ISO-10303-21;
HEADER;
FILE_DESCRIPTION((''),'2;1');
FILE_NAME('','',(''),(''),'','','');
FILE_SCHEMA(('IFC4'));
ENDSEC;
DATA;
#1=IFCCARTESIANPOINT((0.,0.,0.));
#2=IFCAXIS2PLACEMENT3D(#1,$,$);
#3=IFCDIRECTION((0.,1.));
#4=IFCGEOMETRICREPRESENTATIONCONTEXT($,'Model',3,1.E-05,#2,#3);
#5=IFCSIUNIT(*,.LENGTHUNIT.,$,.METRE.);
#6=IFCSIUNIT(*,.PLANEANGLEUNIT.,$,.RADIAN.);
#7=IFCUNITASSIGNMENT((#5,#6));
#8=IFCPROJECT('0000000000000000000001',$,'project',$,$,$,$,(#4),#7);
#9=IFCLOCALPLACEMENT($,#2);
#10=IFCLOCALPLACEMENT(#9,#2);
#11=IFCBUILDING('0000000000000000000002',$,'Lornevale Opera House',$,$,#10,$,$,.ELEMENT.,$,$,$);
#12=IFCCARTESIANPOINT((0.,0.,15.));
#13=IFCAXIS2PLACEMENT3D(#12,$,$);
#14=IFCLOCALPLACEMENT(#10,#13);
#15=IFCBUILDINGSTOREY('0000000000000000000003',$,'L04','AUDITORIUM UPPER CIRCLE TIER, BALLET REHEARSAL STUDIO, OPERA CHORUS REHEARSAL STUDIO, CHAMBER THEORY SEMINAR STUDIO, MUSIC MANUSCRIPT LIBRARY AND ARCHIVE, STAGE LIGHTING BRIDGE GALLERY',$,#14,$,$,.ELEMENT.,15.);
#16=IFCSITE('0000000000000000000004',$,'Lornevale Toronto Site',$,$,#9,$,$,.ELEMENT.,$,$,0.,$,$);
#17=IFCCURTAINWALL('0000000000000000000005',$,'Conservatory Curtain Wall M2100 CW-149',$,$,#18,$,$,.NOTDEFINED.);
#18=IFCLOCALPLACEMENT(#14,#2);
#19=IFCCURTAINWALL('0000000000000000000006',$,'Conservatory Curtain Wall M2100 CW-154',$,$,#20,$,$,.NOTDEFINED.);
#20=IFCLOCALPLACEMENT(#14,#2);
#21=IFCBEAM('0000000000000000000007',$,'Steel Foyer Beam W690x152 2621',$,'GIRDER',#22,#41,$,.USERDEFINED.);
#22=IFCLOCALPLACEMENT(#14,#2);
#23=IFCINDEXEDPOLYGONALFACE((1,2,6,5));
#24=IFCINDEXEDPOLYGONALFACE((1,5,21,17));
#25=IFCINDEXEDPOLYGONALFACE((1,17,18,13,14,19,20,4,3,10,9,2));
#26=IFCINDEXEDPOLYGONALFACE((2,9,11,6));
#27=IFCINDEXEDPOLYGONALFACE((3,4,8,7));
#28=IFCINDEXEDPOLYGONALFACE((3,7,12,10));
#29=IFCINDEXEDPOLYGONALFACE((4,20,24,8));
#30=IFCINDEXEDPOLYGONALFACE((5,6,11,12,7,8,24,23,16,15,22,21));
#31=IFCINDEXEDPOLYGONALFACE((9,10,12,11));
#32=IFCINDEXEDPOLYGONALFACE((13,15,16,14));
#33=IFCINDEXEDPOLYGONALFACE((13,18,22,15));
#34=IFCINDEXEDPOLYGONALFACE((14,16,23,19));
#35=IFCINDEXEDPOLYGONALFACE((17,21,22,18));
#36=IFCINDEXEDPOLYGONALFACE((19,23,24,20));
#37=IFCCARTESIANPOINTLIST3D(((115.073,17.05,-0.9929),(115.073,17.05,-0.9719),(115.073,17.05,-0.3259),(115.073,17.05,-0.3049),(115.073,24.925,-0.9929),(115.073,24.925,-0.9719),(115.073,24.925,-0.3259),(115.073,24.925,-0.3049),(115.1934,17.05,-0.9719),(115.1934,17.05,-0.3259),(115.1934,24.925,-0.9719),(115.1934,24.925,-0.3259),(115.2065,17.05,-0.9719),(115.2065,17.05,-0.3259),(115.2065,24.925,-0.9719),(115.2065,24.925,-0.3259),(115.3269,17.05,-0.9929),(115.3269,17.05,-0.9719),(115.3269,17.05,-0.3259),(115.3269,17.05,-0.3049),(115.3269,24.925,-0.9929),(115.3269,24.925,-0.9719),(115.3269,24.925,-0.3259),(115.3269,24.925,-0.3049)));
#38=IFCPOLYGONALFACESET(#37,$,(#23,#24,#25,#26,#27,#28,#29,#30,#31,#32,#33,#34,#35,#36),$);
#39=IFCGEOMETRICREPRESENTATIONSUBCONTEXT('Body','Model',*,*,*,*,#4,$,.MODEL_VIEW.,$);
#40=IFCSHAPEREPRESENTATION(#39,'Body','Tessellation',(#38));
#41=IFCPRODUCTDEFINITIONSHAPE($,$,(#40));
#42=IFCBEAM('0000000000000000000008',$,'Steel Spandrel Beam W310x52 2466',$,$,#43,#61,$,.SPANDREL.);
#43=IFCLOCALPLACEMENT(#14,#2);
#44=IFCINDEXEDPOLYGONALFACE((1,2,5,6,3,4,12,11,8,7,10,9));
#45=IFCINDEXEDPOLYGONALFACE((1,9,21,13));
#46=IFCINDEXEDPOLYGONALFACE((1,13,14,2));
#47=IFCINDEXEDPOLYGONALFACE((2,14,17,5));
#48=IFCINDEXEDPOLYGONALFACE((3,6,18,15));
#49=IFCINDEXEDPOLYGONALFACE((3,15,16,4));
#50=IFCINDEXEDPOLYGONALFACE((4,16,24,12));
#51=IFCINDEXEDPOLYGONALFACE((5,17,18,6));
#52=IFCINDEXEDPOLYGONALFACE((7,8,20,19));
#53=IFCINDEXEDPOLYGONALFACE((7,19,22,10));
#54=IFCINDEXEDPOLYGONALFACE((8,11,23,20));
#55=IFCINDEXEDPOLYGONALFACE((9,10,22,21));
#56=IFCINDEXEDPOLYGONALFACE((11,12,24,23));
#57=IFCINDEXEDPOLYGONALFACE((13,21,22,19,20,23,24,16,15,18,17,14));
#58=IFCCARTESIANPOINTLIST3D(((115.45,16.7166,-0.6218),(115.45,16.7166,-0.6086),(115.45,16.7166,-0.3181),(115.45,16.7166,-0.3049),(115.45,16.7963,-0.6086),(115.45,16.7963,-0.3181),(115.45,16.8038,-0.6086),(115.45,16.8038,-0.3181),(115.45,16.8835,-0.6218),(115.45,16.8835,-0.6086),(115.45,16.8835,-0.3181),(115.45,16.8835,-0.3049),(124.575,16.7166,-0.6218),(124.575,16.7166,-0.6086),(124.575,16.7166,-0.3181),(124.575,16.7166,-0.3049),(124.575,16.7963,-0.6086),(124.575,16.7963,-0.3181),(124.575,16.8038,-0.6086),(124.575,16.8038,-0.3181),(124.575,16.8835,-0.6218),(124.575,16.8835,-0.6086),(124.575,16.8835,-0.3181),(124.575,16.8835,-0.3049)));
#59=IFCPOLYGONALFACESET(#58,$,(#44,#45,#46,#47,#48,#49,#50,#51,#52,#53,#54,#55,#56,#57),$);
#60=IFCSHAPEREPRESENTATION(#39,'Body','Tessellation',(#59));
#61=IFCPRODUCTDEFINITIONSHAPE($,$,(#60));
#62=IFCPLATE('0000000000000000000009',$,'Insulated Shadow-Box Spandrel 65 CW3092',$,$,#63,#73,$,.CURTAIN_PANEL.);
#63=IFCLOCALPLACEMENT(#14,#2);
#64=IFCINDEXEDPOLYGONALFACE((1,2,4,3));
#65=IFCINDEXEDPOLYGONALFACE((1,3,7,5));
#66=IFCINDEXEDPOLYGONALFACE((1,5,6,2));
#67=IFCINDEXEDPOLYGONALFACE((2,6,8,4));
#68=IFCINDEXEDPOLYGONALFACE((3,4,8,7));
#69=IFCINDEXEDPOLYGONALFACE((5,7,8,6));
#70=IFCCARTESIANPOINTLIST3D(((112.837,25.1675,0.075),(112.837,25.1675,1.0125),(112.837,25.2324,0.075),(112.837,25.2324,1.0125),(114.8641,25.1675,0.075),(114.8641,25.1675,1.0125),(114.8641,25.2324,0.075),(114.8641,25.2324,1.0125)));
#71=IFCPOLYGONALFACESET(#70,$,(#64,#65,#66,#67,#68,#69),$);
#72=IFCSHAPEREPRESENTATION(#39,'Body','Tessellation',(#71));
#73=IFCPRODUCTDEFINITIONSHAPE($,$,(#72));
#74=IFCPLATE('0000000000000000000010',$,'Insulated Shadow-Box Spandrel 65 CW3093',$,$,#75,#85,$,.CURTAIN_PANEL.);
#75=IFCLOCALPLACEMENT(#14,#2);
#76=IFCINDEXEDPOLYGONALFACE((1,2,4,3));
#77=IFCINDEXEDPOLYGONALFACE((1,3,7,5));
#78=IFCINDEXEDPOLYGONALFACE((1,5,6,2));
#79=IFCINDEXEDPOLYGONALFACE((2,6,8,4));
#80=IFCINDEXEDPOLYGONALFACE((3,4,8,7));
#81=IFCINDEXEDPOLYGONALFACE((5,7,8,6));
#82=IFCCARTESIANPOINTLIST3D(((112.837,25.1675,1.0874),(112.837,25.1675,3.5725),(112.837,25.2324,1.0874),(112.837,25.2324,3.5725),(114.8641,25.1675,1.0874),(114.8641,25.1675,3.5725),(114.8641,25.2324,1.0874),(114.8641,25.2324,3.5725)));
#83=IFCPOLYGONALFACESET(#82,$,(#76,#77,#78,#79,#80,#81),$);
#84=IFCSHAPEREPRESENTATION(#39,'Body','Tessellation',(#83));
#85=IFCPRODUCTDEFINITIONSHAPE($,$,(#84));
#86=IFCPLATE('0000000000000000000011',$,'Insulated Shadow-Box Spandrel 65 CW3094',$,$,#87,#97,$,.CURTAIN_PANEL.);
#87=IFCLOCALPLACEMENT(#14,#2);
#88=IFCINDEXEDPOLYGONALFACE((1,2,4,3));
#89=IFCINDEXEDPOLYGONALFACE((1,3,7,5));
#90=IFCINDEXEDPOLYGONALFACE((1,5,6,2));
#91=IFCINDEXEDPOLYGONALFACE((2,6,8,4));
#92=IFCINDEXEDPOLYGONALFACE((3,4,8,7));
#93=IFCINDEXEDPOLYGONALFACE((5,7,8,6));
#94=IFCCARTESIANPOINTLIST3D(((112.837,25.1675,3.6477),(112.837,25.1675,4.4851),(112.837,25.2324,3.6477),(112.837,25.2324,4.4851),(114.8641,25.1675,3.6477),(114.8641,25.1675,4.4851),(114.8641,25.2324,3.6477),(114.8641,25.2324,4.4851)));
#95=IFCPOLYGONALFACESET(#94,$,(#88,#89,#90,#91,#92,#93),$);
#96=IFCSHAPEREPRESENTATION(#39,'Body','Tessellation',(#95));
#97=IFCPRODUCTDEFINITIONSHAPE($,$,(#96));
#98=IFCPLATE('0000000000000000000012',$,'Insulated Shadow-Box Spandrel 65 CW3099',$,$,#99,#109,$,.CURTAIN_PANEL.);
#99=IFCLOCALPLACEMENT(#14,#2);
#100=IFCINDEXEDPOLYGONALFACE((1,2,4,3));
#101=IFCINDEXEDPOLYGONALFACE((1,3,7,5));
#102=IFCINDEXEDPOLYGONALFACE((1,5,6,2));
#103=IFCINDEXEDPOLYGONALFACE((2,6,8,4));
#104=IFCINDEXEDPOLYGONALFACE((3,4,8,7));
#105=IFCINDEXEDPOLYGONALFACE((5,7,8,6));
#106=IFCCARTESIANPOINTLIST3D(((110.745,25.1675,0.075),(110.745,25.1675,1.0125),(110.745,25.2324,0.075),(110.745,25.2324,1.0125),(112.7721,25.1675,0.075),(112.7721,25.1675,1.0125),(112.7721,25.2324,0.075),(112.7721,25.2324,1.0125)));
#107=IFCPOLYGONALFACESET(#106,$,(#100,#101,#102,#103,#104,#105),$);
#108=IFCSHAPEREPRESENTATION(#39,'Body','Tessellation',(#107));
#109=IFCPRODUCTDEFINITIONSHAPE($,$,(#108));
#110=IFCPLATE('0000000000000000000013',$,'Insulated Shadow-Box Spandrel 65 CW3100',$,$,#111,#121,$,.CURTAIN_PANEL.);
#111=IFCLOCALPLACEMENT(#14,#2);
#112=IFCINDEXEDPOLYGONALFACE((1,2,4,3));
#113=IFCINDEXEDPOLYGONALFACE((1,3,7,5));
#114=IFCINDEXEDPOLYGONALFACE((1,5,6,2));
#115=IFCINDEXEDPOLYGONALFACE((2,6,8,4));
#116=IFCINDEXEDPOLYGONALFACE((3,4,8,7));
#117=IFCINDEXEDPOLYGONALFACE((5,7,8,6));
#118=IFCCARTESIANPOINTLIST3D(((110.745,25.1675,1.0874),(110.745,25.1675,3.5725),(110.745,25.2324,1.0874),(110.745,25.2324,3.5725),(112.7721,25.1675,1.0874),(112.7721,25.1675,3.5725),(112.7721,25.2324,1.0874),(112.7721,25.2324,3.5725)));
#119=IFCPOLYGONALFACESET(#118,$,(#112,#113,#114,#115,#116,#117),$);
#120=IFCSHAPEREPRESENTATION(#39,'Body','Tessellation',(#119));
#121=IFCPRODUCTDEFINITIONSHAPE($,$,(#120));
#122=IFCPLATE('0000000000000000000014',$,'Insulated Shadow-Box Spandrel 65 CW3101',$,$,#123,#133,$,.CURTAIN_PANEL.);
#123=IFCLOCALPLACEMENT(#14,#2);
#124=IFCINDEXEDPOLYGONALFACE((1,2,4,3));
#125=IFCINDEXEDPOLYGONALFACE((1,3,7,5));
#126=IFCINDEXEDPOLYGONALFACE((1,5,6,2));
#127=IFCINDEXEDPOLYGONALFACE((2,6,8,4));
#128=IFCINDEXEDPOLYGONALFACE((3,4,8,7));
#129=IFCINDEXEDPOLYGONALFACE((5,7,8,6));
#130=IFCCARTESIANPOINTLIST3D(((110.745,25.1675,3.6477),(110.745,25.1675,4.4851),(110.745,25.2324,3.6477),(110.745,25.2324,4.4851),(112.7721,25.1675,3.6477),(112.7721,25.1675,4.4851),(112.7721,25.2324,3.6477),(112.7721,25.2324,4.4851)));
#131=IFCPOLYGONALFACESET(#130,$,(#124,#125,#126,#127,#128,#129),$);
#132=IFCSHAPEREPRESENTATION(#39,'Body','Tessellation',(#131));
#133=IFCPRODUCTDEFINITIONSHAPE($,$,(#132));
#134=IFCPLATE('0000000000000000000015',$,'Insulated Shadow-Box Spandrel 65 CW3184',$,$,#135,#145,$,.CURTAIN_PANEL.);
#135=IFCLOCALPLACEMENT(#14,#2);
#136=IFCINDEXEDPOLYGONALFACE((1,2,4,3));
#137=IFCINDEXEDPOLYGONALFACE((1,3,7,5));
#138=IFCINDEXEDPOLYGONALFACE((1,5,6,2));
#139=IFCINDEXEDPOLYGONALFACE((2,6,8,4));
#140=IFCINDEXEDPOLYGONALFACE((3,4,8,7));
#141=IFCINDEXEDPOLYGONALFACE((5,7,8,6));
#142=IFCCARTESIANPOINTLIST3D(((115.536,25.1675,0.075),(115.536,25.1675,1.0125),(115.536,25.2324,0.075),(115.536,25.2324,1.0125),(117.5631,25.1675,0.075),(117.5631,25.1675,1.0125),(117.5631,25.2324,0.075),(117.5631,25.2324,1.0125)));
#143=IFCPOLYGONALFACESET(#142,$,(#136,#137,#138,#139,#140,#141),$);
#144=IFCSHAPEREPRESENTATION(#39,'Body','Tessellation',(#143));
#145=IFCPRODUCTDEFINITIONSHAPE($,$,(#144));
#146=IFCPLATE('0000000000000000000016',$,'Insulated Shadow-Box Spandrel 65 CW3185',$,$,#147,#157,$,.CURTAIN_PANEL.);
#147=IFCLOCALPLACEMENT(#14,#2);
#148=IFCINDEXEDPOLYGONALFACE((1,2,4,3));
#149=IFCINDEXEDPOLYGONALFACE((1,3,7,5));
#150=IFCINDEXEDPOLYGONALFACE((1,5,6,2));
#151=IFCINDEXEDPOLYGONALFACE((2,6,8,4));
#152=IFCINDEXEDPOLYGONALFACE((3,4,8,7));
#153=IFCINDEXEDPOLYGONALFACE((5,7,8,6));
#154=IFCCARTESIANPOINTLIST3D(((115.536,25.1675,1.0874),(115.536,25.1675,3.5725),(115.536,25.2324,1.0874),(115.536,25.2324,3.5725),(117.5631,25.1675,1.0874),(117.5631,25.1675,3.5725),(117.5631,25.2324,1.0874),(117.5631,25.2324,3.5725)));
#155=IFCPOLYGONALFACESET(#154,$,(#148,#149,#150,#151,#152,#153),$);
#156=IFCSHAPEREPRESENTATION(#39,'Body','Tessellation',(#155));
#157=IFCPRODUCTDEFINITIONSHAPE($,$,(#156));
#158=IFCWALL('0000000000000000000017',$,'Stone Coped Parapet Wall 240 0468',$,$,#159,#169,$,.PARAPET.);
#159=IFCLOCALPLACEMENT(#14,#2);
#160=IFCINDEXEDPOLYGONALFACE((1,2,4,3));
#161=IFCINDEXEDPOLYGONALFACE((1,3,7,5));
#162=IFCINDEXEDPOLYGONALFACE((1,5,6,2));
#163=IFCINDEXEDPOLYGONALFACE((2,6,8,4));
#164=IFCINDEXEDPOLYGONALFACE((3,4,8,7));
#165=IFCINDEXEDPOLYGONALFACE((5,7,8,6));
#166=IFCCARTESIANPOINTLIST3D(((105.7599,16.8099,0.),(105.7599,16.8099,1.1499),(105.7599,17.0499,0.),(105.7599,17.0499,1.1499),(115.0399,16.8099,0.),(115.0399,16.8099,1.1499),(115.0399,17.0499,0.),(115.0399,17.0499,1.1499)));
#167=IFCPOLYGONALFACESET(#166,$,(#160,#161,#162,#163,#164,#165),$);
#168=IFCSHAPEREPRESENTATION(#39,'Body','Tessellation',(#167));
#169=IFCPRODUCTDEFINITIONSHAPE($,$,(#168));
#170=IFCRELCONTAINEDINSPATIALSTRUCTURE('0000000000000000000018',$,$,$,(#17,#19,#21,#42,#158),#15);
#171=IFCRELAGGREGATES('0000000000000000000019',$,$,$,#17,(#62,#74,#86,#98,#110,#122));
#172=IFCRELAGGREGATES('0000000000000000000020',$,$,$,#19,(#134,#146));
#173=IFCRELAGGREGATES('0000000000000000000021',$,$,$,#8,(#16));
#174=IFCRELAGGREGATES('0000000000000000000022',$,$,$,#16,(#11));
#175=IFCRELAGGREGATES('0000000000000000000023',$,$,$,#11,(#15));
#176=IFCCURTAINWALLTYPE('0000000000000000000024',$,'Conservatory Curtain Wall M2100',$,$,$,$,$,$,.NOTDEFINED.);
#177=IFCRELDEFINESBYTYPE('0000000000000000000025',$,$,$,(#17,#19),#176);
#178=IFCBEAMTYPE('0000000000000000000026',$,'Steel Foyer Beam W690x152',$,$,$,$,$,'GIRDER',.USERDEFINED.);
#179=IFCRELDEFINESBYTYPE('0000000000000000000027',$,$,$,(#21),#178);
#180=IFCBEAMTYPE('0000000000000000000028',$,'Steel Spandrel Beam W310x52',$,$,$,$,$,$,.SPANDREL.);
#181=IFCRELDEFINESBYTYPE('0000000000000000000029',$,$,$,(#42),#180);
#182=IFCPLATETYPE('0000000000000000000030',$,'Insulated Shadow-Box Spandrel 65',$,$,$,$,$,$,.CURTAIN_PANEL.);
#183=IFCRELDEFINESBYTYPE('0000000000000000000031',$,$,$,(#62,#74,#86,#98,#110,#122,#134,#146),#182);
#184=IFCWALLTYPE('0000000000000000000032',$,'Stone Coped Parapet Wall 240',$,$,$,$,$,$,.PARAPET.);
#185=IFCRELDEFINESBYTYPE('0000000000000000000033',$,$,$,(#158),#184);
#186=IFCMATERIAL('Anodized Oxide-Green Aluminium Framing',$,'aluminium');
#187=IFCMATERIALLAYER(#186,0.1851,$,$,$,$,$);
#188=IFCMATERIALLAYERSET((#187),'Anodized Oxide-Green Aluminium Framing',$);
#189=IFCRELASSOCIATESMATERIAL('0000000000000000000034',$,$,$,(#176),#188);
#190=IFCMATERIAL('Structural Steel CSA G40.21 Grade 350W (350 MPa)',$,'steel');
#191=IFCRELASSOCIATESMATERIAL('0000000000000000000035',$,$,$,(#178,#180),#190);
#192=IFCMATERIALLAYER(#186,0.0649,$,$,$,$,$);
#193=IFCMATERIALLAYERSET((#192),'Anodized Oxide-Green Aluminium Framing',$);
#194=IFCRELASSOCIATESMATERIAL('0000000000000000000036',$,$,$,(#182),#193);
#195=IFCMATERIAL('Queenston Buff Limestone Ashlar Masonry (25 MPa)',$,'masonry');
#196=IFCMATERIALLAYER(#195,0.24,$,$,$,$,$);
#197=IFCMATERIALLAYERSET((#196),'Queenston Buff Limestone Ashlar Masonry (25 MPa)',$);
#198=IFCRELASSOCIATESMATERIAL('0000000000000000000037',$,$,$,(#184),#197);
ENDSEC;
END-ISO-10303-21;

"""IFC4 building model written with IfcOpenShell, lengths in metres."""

from ifc_helpers import new_model, si_unit, direction, frame, frame_2d, origin, origin_2d, place, context, subcontext, project, spatial, rectangle, i_section, extrude, material, layer, layer_set, material_profile, profile_set, type_object, element, aggregate, save


model = new_model("IFC4")

# Units and contexts
model_context = context("Model", 3, precision=1e-05, world=origin(), true_north=direction((0.0, 1.0)))
body_context = subcontext(model_context, "Body", "Model", "MODEL_VIEW")
ifc_project = project(units=[si_unit("LENGTHUNIT", "METRE"), si_unit("PLANEANGLEUNIT", "RADIAN")], contexts=[model_context])

# Site, building, storey
site_placement = place(None, origin())
site = spatial("IfcSite", under=ifc_project, at=site_placement, Name="Lornevale Toronto Site", CompositionType="ELEMENT", RefElevation=0.0)
building_placement = place(site_placement, origin())
building = spatial("IfcBuilding", under=site, at=building_placement, Name="Lornevale Opera House", CompositionType="ELEMENT")
storey_placement = place(building_placement, frame((0.0, 0.0, 15.0)))
storey = spatial("IfcBuildingStorey", under=building, at=storey_placement, Name="L04", Description="AUDITORIUM UPPER CIRCLE TIER, BALLET REHEARSAL STUDIO, OPERA CHORUS REHEARSAL STUDIO, CHAMBER THEORY SEMINAR STUDIO, MUSIC MANUSCRIPT LIBRARY AND ARCHIVE, STAGE LIGHTING BRIDGE GALLERY", CompositionType="ELEMENT", Elevation=15.0)

# Curtain wall
ifc_material_1 = material(Name="Anodized Oxide-Green Aluminium Framing", Category="aluminium")
ifc_layer_1 = layer(ifc_material_1, 0.1851)
ifc_layer_set_1 = layer_set([ifc_layer_1], Name="Anodized Oxide-Green Aluminium Framing")
curtain_wall_type = type_object("IfcCurtainWallType", Name="Conservatory Curtain Wall M2100", PredefinedType="NOTDEFINED", material=ifc_layer_set_1)
curtain_wall_1_placement = place(storey_placement, origin())
curtain_wall_1 = element("IfcCurtainWall", 1, at=curtain_wall_1_placement, inside=storey, type_object=curtain_wall_type, Name="Conservatory Curtain Wall M2100 CW-149", PredefinedType="NOTDEFINED")

# Curtain wall
curtain_wall_2_placement = place(storey_placement, origin())
curtain_wall_2 = element("IfcCurtainWall", 2, at=curtain_wall_2_placement, inside=storey, type_object=curtain_wall_type, Name="Conservatory Curtain Wall M2100 CW-154", PredefinedType="NOTDEFINED")

# Beams
ifc_material_2 = material(Name="Structural Steel CSA G40.21 Grade 350W (350 MPa)", Category="steel")
ifc_material_profile_1 = material_profile(ifc_material_2, i_section(OverallWidth=0.2539, OverallDepth=0.688, WebThickness=0.0132, FlangeThickness=0.021, at=origin_2d()), Name="W690x152")
ifc_profile_set_1 = profile_set([ifc_material_profile_1], Name="Structural Steel CSA G40.21 Grade 350W (350 MPa)")
beam_type_1 = type_object("IfcBeamType", Name="Steel Foyer Beam W690x152", ElementType="GIRDER", PredefinedType="USERDEFINED", material=ifc_profile_set_1)
beam_1_placement = place(storey_placement, frame((115.2, 17.05, -0.6489), z_axis=(0.0, 1.0, 0.0), x_axis=(-1.0, 0.0, 0.0)))
element("IfcBeam", 3, at=beam_1_placement, inside=storey, type_object=beam_type_1, Name="Steel Foyer Beam W690x152 2621", ObjectType="GIRDER", PredefinedType="USERDEFINED", context=body_context, shape_type="SweptSolid", body=[
    extrude(i_section(OverallWidth=0.2539, OverallDepth=0.688, WebThickness=0.0132, FlangeThickness=0.021, at=origin_2d()), origin(), (0.0, 0.0, 1.0), 7.875),
])
ifc_material_profile_2 = material_profile(ifc_material_2, i_section(OverallWidth=0.167, OverallDepth=0.3169, WebThickness=0.0076, FlangeThickness=0.0132, at=origin_2d()), Name="W310x52")
ifc_profile_set_2 = profile_set([ifc_material_profile_2], Name="Structural Steel CSA G40.21 Grade 350W (350 MPa)")
beam_type_2 = type_object("IfcBeamType", Name="Steel Spandrel Beam W310x52", PredefinedType="SPANDREL", material=ifc_profile_set_2)
beam_2_placement = place(storey_placement, frame((115.45, 16.8, -0.4634), z_axis=(1.0, 0.0, 0.0), x_axis=(0.0, 1.0, 0.0)))
element("IfcBeam", 4, at=beam_2_placement, inside=storey, type_object=beam_type_2, Name="Steel Spandrel Beam W310x52 2466", PredefinedType="SPANDREL", context=body_context, shape_type="SweptSolid", body=[
    extrude(i_section(OverallWidth=0.167, OverallDepth=0.3169, WebThickness=0.0076, FlangeThickness=0.0132, at=origin_2d()), origin(), (0.0, 0.0, 1.0), 9.125),
])

# Plates
ifc_layer_2 = layer(ifc_material_1, 0.0649)
ifc_layer_set_2 = layer_set([ifc_layer_2], Name="Anodized Oxide-Green Aluminium Framing")
plate_type = type_object("IfcPlateType", Name="Insulated Shadow-Box Spandrel 65", PredefinedType="CURTAIN_PANEL", material=ifc_layer_set_2)
plate_1_placement = place(storey_placement, frame((113.8506, 25.2, 0.075), z_axis=(0.0, 0.0, 1.0), x_axis=(-1.0, 0.0, 0.0)))
plate_1 = element("IfcPlate", 5, at=plate_1_placement, type_object=plate_type, Name="Insulated Shadow-Box Spandrel 65 CW3092", PredefinedType="CURTAIN_PANEL", context=body_context, shape_type="SweptSolid", body=[
    extrude(rectangle(XDim=2.0271, YDim=0.0649, at=origin_2d()), origin(), (0.0, 0.0, 1.0), 0.9375),
])
plate_2_placement = place(storey_placement, frame((113.8506, 25.2, 1.0874), z_axis=(0.0, 0.0, 1.0), x_axis=(-1.0, 0.0, 0.0)))
plate_2 = element("IfcPlate", 6, at=plate_2_placement, type_object=plate_type, Name="Insulated Shadow-Box Spandrel 65 CW3093", PredefinedType="CURTAIN_PANEL", context=body_context, shape_type="SweptSolid", body=[
    extrude(rectangle(XDim=2.0271, YDim=0.0649, at=origin_2d()), origin(), (0.0, 0.0, 1.0), 2.4851),
])
plate_3_placement = place(storey_placement, frame((113.8506, 25.2, 3.6477), z_axis=(0.0, 0.0, 1.0), x_axis=(-1.0, 0.0, 0.0)))
plate_3 = element("IfcPlate", 7, at=plate_3_placement, type_object=plate_type, Name="Insulated Shadow-Box Spandrel 65 CW3094", PredefinedType="CURTAIN_PANEL", context=body_context, shape_type="SweptSolid", body=[
    extrude(rectangle(XDim=2.0271, YDim=0.0649, at=origin_2d()), origin(), (0.0, 0.0, 1.0), 0.8374),
])
plate_4_placement = place(storey_placement, frame((111.7585, 25.2, 0.075), z_axis=(0.0, 0.0, 1.0), x_axis=(-1.0, 0.0, 0.0)))
plate_4 = element("IfcPlate", 8, at=plate_4_placement, type_object=plate_type, Name="Insulated Shadow-Box Spandrel 65 CW3099", PredefinedType="CURTAIN_PANEL", context=body_context, shape_type="SweptSolid", body=[
    extrude(rectangle(XDim=2.0271, YDim=0.0649, at=origin_2d()), origin(), (0.0, 0.0, 1.0), 0.9375),
])
plate_5_placement = place(storey_placement, frame((111.7585, 25.2, 1.0874), z_axis=(0.0, 0.0, 1.0), x_axis=(-1.0, 0.0, 0.0)))
plate_5 = element("IfcPlate", 9, at=plate_5_placement, type_object=plate_type, Name="Insulated Shadow-Box Spandrel 65 CW3100", PredefinedType="CURTAIN_PANEL", context=body_context, shape_type="SweptSolid", body=[
    extrude(rectangle(XDim=2.0271, YDim=0.0649, at=origin_2d()), origin(), (0.0, 0.0, 1.0), 2.4851),
])
plate_6_placement = place(storey_placement, frame((111.7585, 25.2, 3.6477), z_axis=(0.0, 0.0, 1.0), x_axis=(-1.0, 0.0, 0.0)))
plate_6 = element("IfcPlate", 10, at=plate_6_placement, type_object=plate_type, Name="Insulated Shadow-Box Spandrel 65 CW3101", PredefinedType="CURTAIN_PANEL", context=body_context, shape_type="SweptSolid", body=[
    extrude(rectangle(XDim=2.0271, YDim=0.0649, at=origin_2d()), origin(), (0.0, 0.0, 1.0), 0.8374),
])
aggregate(curtain_wall_1, [plate_1, plate_2, plate_3, plate_4, plate_5, plate_6])
plate_7_placement = place(storey_placement, frame((116.5496, 25.2, 0.075), z_axis=(0.0, 0.0, 1.0), x_axis=(-1.0, 0.0, 0.0)))
plate_7 = element("IfcPlate", 11, at=plate_7_placement, type_object=plate_type, Name="Insulated Shadow-Box Spandrel 65 CW3184", PredefinedType="CURTAIN_PANEL", context=body_context, shape_type="SweptSolid", body=[
    extrude(rectangle(XDim=2.0271, YDim=0.0649, at=origin_2d()), origin(), (0.0, 0.0, 1.0), 0.9375),
])
plate_8_placement = place(storey_placement, frame((116.5496, 25.2, 1.0874), z_axis=(0.0, 0.0, 1.0), x_axis=(-1.0, 0.0, 0.0)))
plate_8 = element("IfcPlate", 12, at=plate_8_placement, type_object=plate_type, Name="Insulated Shadow-Box Spandrel 65 CW3185", PredefinedType="CURTAIN_PANEL", context=body_context, shape_type="SweptSolid", body=[
    extrude(rectangle(XDim=2.0271, YDim=0.0649, at=origin_2d()), origin(), (0.0, 0.0, 1.0), 2.4851),
])
aggregate(curtain_wall_2, [plate_7, plate_8])

# Wall
ifc_material_3 = material(Name="Queenston Buff Limestone Ashlar Masonry (25 MPa)", Category="masonry")
ifc_layer_3 = layer(ifc_material_3, 0.24)
ifc_layer_set_3 = layer_set([ifc_layer_3], Name="Queenston Buff Limestone Ashlar Masonry (25 MPa)")
wall_type = type_object("IfcWallType", Name="Stone Coped Parapet Wall 240", PredefinedType="PARAPET", material=ifc_layer_set_3)
wall_placement = place(storey_placement, frame((115.04, 16.9299, 0.0), z_axis=(0.0, 0.0, 1.0), x_axis=(-1.0, 0.0, 0.0)))
element("IfcWall", 13, at=wall_placement, inside=storey, type_object=wall_type, Name="Stone Coped Parapet Wall 240 0468", PredefinedType="PARAPET", context=body_context, shape_type="SweptSolid", body=[
    extrude(rectangle(XDim=9.28, YDim=0.24, at=frame_2d((4.6401, 0.0))), origin(), (0.0, 0.0, 1.0), 1.1499),
])

save(model, "model.ifc")
